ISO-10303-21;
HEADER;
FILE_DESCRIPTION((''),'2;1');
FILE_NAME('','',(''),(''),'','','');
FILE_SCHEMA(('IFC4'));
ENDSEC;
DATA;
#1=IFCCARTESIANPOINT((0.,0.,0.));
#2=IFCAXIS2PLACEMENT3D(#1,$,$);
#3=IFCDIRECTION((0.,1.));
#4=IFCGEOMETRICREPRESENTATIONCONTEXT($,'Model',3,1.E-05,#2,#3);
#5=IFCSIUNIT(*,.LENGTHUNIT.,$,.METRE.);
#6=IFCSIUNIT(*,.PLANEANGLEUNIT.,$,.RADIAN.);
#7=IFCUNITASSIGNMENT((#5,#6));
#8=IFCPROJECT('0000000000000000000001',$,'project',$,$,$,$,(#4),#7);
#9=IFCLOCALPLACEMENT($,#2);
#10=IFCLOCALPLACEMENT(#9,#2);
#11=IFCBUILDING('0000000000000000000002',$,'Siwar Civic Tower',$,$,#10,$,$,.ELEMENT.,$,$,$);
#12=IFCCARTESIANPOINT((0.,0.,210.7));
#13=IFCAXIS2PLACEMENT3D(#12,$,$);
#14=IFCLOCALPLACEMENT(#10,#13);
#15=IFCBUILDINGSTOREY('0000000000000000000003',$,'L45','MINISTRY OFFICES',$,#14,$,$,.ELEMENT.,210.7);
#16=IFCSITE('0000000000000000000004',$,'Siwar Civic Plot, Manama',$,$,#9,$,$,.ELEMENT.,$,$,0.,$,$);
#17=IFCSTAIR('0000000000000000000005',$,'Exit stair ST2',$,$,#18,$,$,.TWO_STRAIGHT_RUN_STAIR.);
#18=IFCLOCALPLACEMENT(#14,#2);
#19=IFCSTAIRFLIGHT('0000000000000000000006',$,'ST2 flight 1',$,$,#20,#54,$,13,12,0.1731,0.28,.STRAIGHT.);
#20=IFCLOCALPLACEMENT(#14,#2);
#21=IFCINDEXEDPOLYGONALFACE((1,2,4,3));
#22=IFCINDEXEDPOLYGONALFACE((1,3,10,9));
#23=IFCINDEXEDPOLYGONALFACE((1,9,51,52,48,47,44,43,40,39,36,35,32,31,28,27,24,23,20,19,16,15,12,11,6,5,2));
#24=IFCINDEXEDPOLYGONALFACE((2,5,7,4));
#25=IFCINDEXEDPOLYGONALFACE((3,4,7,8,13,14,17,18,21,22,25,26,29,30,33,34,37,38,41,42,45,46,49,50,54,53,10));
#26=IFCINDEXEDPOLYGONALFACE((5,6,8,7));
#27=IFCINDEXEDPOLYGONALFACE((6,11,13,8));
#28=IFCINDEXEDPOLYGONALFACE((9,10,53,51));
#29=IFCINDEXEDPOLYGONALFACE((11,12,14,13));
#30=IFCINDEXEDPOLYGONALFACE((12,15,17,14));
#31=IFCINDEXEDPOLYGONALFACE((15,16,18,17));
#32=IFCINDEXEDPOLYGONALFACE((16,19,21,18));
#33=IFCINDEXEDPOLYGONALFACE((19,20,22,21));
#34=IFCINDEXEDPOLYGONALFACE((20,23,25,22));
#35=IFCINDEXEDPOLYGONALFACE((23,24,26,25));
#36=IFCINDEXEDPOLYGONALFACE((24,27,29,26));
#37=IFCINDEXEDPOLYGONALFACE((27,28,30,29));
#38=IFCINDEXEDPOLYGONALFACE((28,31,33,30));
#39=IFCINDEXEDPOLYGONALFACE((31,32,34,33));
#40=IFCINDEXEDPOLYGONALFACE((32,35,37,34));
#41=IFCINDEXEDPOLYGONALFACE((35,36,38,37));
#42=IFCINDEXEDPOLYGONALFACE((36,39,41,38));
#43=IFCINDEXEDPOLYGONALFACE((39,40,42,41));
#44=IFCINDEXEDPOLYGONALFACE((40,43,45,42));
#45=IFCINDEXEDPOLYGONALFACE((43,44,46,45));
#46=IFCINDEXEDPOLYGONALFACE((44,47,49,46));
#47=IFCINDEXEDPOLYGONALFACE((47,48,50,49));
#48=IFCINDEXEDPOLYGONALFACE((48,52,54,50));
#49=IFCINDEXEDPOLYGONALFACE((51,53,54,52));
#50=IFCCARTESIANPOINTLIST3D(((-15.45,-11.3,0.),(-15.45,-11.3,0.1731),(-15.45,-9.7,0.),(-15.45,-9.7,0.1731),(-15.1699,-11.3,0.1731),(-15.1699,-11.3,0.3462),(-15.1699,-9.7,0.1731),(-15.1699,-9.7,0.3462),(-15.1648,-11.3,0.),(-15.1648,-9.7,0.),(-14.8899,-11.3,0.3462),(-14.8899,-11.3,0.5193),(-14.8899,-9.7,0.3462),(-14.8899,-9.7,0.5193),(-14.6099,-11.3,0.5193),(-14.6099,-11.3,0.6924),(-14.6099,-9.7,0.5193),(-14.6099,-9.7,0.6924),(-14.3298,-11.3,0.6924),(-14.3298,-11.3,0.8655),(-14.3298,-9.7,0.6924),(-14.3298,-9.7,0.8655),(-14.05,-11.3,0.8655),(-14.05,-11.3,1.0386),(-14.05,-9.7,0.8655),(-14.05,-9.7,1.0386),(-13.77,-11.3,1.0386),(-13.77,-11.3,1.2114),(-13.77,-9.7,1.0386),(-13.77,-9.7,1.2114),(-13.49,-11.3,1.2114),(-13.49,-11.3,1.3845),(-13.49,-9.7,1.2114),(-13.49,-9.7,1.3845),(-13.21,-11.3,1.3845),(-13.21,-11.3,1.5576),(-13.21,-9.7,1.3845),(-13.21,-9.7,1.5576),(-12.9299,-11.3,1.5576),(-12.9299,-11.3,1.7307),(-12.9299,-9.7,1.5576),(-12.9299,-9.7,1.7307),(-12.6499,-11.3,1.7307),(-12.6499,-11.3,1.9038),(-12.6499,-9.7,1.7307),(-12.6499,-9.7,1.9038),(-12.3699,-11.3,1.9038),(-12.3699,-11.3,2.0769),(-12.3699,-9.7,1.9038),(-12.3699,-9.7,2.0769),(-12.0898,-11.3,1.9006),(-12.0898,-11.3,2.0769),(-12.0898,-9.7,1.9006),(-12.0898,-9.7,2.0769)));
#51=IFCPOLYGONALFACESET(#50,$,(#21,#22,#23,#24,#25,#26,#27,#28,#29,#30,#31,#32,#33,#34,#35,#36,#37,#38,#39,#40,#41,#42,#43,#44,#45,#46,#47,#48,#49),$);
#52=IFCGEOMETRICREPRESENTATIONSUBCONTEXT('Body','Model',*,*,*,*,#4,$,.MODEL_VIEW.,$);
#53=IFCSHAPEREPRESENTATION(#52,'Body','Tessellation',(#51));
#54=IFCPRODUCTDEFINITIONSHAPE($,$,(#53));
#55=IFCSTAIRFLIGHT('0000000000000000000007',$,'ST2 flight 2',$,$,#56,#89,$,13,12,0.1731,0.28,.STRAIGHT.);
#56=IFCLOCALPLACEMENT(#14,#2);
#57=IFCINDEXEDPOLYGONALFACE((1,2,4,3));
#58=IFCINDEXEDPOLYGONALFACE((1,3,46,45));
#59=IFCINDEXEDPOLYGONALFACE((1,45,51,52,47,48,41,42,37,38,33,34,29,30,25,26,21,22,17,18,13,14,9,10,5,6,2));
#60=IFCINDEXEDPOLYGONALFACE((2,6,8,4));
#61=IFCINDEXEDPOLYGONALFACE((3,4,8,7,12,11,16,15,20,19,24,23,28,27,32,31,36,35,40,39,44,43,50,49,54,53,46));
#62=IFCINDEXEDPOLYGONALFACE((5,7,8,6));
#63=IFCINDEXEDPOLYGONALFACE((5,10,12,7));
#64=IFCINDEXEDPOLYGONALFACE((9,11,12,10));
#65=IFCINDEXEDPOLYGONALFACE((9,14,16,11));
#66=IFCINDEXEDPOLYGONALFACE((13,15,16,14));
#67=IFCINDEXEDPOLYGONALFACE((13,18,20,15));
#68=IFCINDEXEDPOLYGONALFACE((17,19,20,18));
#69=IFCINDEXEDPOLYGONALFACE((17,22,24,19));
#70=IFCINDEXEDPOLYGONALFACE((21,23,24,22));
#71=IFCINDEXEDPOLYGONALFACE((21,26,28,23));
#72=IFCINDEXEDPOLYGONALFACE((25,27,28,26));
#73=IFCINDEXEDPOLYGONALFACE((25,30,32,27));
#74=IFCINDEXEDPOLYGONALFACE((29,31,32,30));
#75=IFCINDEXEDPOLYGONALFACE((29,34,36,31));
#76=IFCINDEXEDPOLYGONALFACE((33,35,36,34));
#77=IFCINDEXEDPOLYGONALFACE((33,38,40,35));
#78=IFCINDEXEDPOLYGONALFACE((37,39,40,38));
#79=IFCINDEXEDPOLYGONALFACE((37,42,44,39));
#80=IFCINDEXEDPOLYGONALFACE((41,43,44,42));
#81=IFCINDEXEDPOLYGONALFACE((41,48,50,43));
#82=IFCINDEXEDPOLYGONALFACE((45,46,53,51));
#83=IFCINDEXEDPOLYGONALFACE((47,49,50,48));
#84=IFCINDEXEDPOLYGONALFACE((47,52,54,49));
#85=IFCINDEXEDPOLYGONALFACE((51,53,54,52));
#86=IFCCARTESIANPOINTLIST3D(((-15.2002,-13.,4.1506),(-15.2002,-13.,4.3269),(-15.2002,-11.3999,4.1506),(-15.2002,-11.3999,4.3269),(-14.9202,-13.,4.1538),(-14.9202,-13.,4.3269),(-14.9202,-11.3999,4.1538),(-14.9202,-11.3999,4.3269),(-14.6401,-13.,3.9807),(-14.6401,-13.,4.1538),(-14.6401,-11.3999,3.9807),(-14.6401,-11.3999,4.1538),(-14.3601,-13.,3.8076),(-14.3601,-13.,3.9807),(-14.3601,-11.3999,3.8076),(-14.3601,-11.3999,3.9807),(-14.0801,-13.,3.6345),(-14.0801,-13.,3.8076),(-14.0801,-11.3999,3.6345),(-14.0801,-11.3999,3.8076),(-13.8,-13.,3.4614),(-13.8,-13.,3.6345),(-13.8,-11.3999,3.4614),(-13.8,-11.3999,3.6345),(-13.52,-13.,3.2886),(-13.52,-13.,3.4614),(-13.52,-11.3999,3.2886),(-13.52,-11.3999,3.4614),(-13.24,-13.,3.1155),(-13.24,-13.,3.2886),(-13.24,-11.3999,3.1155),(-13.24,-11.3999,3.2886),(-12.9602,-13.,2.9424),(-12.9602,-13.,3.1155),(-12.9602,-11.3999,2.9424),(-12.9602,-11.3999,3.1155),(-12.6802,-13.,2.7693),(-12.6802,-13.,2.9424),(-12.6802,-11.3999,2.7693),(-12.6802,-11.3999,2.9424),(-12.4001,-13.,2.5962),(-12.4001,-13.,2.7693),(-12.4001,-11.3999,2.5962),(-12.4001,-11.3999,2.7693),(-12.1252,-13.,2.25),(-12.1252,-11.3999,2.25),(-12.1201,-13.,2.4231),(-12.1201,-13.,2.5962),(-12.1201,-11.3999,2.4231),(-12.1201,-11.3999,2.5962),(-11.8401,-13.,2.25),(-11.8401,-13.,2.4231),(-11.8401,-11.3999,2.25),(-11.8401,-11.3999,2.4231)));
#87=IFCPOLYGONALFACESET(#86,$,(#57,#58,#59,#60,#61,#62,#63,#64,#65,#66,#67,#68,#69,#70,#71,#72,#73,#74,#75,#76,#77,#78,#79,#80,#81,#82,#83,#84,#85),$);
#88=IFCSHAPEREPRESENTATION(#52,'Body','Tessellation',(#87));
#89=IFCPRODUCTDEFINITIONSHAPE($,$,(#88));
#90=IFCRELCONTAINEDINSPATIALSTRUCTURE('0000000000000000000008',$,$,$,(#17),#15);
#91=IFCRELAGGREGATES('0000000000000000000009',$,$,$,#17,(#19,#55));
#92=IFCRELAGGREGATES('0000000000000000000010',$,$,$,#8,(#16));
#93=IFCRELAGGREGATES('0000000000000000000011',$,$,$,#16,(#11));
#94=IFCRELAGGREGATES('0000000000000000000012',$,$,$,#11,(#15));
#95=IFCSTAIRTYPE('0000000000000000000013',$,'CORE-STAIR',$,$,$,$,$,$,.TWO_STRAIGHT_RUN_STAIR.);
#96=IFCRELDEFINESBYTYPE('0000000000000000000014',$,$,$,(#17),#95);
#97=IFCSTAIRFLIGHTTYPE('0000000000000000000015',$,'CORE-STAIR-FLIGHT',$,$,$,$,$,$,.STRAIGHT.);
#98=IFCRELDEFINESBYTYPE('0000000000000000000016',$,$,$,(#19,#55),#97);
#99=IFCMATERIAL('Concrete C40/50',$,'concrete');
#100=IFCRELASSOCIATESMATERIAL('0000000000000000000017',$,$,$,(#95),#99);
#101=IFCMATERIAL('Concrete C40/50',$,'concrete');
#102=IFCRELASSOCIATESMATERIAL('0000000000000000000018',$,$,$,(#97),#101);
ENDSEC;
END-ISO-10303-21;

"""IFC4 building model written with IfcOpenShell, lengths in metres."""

from ifc_helpers import new_model, si_unit, direction, frame, origin, place, context, subcontext, project, spatial, polyline, outline, extrude, material, type_object, element, aggregate, save


model = new_model("IFC4")

# Units and contexts
model_context = context("Model", 3, precision=1e-05, world=origin(), true_north=direction((0.0, 1.0)))
body_context = subcontext(model_context, "Body", "Model", "MODEL_VIEW")
ifc_project = project(units=[si_unit("LENGTHUNIT", "METRE"), si_unit("PLANEANGLEUNIT", "RADIAN")], contexts=[model_context])

# Site, building, storey
site_placement = place(None, origin())
site = spatial("IfcSite", under=ifc_project, at=site_placement, Name="Siwar Civic Plot, Manama", CompositionType="ELEMENT", RefElevation=0.0)
building_placement = place(site_placement, origin())
building = spatial("IfcBuilding", under=site, at=building_placement, Name="Siwar Civic Tower", CompositionType="ELEMENT")
storey_placement = place(building_placement, frame((0.0, 0.0, 210.7)))
storey = spatial("IfcBuildingStorey", under=building, at=storey_placement, Name="L45", Description="MINISTRY OFFICES", CompositionType="ELEMENT", Elevation=210.7)

# Stair, stair flights
ifc_material_1 = material(Name="Concrete C40/50", Category="concrete")
stair_type = type_object("IfcStairType", Name="CORE-STAIR", PredefinedType="TWO_STRAIGHT_RUN_STAIR", material=ifc_material_1)
stair_placement = place(storey_placement, origin())
stair = element("IfcStair", 1, at=stair_placement, inside=storey, type_object=stair_type, Name="Exit stair ST2", PredefinedType="TWO_STRAIGHT_RUN_STAIR")
ifc_material_2 = material(Name="Concrete C40/50", Category="concrete")
stair_flight_type = type_object("IfcStairFlightType", Name="CORE-STAIR-FLIGHT", PredefinedType="STRAIGHT", material=ifc_material_2)
stair_flight_1_placement = place(storey_placement, frame((-15.45, -10.5, 0.0), z_axis=(0.0, 0.0, 1.0), x_axis=(1.0, 0.0, 0.0)))
stair_flight_1 = element("IfcStairFlight", 2, at=stair_flight_1_placement, type_object=stair_flight_type, Name="ST2 flight 1", NumberOfRisers=13, NumberOfTreads=12, PredefinedType="STRAIGHT", RiserHeight=0.1731, TreadLength=0.28, context=body_context, shape_type="SweptSolid", body=[
    extrude(outline(polyline([(0.0, 0.0), (0.0, 0.1731), (0.28, 0.1731), (0.28, 0.3462), (0.5601, 0.3462), (0.5601, 0.5193), (0.8401, 0.5193), (0.8401, 0.6924), (1.1201, 0.6924), (1.1201, 0.8655), (1.3999, 0.8655), (1.3999, 1.0386), (1.6799, 1.0386), (1.6799, 1.2114), (1.96, 1.2114), (1.96, 1.3845), (2.24, 1.3845), (2.24, 1.5576), (2.52, 1.5576), (2.52, 1.7307), (2.8, 1.7307), (2.8, 1.9038), (3.0801, 1.9038), (3.0801, 2.0769), (3.3601, 2.0769), (3.3601, 2.25), (3.3601, 1.9006), (0.2852, 0.0), (0.0, 0.0)])), frame((0.0, 0.8, 0.0), z_axis=(0.0, -1.0, 0.0), x_axis=(1.0, 0.0, 0.0)), (0.0, 0.0, 1.0), 1.6001),
])
stair_flight_2_placement = place(storey_placement, frame((-11.8401, -12.2, 2.25), z_axis=(0.0, 0.0, 1.0), x_axis=(-1.0, 0.0, 0.0)))
stair_flight_2 = element("IfcStairFlight", 3, at=stair_flight_2_placement, type_object=stair_flight_type, Name="ST2 flight 2", NumberOfRisers=13, NumberOfTreads=12, PredefinedType="STRAIGHT", RiserHeight=0.1731, TreadLength=0.28, context=body_context, shape_type="SweptSolid", body=[
    extrude(outline(polyline([(0.0, 0.0), (0.0, 0.1731), (0.28, 0.1731), (0.28, 0.3462), (0.5601, 0.3462), (0.5601, 0.5193), (0.8401, 0.5193), (0.8401, 0.6924), (1.1201, 0.6924), (1.1201, 0.8655), (1.3999, 0.8655), (1.3999, 1.0386), (1.6799, 1.0386), (1.6799, 1.2114), (1.96, 1.2114), (1.96, 1.3845), (2.24, 1.3845), (2.24, 1.5576), (2.52, 1.5576), (2.52, 1.7307), (2.8, 1.7307), (2.8, 1.9038), (3.0801, 1.9038), (3.0801, 2.0769), (3.3601, 2.0769), (3.3601, 2.25), (3.3601, 1.9006), (0.2852, 0.0), (0.0, 0.0)])), frame((0.0, 0.8, 0.0), z_axis=(0.0, -1.0, 0.0), x_axis=(1.0, 0.0, 0.0)), (0.0, 0.0, 1.0), 1.6001),
])
aggregate(stair, [stair_flight_1, stair_flight_2])

save(model, "model.ifc")
